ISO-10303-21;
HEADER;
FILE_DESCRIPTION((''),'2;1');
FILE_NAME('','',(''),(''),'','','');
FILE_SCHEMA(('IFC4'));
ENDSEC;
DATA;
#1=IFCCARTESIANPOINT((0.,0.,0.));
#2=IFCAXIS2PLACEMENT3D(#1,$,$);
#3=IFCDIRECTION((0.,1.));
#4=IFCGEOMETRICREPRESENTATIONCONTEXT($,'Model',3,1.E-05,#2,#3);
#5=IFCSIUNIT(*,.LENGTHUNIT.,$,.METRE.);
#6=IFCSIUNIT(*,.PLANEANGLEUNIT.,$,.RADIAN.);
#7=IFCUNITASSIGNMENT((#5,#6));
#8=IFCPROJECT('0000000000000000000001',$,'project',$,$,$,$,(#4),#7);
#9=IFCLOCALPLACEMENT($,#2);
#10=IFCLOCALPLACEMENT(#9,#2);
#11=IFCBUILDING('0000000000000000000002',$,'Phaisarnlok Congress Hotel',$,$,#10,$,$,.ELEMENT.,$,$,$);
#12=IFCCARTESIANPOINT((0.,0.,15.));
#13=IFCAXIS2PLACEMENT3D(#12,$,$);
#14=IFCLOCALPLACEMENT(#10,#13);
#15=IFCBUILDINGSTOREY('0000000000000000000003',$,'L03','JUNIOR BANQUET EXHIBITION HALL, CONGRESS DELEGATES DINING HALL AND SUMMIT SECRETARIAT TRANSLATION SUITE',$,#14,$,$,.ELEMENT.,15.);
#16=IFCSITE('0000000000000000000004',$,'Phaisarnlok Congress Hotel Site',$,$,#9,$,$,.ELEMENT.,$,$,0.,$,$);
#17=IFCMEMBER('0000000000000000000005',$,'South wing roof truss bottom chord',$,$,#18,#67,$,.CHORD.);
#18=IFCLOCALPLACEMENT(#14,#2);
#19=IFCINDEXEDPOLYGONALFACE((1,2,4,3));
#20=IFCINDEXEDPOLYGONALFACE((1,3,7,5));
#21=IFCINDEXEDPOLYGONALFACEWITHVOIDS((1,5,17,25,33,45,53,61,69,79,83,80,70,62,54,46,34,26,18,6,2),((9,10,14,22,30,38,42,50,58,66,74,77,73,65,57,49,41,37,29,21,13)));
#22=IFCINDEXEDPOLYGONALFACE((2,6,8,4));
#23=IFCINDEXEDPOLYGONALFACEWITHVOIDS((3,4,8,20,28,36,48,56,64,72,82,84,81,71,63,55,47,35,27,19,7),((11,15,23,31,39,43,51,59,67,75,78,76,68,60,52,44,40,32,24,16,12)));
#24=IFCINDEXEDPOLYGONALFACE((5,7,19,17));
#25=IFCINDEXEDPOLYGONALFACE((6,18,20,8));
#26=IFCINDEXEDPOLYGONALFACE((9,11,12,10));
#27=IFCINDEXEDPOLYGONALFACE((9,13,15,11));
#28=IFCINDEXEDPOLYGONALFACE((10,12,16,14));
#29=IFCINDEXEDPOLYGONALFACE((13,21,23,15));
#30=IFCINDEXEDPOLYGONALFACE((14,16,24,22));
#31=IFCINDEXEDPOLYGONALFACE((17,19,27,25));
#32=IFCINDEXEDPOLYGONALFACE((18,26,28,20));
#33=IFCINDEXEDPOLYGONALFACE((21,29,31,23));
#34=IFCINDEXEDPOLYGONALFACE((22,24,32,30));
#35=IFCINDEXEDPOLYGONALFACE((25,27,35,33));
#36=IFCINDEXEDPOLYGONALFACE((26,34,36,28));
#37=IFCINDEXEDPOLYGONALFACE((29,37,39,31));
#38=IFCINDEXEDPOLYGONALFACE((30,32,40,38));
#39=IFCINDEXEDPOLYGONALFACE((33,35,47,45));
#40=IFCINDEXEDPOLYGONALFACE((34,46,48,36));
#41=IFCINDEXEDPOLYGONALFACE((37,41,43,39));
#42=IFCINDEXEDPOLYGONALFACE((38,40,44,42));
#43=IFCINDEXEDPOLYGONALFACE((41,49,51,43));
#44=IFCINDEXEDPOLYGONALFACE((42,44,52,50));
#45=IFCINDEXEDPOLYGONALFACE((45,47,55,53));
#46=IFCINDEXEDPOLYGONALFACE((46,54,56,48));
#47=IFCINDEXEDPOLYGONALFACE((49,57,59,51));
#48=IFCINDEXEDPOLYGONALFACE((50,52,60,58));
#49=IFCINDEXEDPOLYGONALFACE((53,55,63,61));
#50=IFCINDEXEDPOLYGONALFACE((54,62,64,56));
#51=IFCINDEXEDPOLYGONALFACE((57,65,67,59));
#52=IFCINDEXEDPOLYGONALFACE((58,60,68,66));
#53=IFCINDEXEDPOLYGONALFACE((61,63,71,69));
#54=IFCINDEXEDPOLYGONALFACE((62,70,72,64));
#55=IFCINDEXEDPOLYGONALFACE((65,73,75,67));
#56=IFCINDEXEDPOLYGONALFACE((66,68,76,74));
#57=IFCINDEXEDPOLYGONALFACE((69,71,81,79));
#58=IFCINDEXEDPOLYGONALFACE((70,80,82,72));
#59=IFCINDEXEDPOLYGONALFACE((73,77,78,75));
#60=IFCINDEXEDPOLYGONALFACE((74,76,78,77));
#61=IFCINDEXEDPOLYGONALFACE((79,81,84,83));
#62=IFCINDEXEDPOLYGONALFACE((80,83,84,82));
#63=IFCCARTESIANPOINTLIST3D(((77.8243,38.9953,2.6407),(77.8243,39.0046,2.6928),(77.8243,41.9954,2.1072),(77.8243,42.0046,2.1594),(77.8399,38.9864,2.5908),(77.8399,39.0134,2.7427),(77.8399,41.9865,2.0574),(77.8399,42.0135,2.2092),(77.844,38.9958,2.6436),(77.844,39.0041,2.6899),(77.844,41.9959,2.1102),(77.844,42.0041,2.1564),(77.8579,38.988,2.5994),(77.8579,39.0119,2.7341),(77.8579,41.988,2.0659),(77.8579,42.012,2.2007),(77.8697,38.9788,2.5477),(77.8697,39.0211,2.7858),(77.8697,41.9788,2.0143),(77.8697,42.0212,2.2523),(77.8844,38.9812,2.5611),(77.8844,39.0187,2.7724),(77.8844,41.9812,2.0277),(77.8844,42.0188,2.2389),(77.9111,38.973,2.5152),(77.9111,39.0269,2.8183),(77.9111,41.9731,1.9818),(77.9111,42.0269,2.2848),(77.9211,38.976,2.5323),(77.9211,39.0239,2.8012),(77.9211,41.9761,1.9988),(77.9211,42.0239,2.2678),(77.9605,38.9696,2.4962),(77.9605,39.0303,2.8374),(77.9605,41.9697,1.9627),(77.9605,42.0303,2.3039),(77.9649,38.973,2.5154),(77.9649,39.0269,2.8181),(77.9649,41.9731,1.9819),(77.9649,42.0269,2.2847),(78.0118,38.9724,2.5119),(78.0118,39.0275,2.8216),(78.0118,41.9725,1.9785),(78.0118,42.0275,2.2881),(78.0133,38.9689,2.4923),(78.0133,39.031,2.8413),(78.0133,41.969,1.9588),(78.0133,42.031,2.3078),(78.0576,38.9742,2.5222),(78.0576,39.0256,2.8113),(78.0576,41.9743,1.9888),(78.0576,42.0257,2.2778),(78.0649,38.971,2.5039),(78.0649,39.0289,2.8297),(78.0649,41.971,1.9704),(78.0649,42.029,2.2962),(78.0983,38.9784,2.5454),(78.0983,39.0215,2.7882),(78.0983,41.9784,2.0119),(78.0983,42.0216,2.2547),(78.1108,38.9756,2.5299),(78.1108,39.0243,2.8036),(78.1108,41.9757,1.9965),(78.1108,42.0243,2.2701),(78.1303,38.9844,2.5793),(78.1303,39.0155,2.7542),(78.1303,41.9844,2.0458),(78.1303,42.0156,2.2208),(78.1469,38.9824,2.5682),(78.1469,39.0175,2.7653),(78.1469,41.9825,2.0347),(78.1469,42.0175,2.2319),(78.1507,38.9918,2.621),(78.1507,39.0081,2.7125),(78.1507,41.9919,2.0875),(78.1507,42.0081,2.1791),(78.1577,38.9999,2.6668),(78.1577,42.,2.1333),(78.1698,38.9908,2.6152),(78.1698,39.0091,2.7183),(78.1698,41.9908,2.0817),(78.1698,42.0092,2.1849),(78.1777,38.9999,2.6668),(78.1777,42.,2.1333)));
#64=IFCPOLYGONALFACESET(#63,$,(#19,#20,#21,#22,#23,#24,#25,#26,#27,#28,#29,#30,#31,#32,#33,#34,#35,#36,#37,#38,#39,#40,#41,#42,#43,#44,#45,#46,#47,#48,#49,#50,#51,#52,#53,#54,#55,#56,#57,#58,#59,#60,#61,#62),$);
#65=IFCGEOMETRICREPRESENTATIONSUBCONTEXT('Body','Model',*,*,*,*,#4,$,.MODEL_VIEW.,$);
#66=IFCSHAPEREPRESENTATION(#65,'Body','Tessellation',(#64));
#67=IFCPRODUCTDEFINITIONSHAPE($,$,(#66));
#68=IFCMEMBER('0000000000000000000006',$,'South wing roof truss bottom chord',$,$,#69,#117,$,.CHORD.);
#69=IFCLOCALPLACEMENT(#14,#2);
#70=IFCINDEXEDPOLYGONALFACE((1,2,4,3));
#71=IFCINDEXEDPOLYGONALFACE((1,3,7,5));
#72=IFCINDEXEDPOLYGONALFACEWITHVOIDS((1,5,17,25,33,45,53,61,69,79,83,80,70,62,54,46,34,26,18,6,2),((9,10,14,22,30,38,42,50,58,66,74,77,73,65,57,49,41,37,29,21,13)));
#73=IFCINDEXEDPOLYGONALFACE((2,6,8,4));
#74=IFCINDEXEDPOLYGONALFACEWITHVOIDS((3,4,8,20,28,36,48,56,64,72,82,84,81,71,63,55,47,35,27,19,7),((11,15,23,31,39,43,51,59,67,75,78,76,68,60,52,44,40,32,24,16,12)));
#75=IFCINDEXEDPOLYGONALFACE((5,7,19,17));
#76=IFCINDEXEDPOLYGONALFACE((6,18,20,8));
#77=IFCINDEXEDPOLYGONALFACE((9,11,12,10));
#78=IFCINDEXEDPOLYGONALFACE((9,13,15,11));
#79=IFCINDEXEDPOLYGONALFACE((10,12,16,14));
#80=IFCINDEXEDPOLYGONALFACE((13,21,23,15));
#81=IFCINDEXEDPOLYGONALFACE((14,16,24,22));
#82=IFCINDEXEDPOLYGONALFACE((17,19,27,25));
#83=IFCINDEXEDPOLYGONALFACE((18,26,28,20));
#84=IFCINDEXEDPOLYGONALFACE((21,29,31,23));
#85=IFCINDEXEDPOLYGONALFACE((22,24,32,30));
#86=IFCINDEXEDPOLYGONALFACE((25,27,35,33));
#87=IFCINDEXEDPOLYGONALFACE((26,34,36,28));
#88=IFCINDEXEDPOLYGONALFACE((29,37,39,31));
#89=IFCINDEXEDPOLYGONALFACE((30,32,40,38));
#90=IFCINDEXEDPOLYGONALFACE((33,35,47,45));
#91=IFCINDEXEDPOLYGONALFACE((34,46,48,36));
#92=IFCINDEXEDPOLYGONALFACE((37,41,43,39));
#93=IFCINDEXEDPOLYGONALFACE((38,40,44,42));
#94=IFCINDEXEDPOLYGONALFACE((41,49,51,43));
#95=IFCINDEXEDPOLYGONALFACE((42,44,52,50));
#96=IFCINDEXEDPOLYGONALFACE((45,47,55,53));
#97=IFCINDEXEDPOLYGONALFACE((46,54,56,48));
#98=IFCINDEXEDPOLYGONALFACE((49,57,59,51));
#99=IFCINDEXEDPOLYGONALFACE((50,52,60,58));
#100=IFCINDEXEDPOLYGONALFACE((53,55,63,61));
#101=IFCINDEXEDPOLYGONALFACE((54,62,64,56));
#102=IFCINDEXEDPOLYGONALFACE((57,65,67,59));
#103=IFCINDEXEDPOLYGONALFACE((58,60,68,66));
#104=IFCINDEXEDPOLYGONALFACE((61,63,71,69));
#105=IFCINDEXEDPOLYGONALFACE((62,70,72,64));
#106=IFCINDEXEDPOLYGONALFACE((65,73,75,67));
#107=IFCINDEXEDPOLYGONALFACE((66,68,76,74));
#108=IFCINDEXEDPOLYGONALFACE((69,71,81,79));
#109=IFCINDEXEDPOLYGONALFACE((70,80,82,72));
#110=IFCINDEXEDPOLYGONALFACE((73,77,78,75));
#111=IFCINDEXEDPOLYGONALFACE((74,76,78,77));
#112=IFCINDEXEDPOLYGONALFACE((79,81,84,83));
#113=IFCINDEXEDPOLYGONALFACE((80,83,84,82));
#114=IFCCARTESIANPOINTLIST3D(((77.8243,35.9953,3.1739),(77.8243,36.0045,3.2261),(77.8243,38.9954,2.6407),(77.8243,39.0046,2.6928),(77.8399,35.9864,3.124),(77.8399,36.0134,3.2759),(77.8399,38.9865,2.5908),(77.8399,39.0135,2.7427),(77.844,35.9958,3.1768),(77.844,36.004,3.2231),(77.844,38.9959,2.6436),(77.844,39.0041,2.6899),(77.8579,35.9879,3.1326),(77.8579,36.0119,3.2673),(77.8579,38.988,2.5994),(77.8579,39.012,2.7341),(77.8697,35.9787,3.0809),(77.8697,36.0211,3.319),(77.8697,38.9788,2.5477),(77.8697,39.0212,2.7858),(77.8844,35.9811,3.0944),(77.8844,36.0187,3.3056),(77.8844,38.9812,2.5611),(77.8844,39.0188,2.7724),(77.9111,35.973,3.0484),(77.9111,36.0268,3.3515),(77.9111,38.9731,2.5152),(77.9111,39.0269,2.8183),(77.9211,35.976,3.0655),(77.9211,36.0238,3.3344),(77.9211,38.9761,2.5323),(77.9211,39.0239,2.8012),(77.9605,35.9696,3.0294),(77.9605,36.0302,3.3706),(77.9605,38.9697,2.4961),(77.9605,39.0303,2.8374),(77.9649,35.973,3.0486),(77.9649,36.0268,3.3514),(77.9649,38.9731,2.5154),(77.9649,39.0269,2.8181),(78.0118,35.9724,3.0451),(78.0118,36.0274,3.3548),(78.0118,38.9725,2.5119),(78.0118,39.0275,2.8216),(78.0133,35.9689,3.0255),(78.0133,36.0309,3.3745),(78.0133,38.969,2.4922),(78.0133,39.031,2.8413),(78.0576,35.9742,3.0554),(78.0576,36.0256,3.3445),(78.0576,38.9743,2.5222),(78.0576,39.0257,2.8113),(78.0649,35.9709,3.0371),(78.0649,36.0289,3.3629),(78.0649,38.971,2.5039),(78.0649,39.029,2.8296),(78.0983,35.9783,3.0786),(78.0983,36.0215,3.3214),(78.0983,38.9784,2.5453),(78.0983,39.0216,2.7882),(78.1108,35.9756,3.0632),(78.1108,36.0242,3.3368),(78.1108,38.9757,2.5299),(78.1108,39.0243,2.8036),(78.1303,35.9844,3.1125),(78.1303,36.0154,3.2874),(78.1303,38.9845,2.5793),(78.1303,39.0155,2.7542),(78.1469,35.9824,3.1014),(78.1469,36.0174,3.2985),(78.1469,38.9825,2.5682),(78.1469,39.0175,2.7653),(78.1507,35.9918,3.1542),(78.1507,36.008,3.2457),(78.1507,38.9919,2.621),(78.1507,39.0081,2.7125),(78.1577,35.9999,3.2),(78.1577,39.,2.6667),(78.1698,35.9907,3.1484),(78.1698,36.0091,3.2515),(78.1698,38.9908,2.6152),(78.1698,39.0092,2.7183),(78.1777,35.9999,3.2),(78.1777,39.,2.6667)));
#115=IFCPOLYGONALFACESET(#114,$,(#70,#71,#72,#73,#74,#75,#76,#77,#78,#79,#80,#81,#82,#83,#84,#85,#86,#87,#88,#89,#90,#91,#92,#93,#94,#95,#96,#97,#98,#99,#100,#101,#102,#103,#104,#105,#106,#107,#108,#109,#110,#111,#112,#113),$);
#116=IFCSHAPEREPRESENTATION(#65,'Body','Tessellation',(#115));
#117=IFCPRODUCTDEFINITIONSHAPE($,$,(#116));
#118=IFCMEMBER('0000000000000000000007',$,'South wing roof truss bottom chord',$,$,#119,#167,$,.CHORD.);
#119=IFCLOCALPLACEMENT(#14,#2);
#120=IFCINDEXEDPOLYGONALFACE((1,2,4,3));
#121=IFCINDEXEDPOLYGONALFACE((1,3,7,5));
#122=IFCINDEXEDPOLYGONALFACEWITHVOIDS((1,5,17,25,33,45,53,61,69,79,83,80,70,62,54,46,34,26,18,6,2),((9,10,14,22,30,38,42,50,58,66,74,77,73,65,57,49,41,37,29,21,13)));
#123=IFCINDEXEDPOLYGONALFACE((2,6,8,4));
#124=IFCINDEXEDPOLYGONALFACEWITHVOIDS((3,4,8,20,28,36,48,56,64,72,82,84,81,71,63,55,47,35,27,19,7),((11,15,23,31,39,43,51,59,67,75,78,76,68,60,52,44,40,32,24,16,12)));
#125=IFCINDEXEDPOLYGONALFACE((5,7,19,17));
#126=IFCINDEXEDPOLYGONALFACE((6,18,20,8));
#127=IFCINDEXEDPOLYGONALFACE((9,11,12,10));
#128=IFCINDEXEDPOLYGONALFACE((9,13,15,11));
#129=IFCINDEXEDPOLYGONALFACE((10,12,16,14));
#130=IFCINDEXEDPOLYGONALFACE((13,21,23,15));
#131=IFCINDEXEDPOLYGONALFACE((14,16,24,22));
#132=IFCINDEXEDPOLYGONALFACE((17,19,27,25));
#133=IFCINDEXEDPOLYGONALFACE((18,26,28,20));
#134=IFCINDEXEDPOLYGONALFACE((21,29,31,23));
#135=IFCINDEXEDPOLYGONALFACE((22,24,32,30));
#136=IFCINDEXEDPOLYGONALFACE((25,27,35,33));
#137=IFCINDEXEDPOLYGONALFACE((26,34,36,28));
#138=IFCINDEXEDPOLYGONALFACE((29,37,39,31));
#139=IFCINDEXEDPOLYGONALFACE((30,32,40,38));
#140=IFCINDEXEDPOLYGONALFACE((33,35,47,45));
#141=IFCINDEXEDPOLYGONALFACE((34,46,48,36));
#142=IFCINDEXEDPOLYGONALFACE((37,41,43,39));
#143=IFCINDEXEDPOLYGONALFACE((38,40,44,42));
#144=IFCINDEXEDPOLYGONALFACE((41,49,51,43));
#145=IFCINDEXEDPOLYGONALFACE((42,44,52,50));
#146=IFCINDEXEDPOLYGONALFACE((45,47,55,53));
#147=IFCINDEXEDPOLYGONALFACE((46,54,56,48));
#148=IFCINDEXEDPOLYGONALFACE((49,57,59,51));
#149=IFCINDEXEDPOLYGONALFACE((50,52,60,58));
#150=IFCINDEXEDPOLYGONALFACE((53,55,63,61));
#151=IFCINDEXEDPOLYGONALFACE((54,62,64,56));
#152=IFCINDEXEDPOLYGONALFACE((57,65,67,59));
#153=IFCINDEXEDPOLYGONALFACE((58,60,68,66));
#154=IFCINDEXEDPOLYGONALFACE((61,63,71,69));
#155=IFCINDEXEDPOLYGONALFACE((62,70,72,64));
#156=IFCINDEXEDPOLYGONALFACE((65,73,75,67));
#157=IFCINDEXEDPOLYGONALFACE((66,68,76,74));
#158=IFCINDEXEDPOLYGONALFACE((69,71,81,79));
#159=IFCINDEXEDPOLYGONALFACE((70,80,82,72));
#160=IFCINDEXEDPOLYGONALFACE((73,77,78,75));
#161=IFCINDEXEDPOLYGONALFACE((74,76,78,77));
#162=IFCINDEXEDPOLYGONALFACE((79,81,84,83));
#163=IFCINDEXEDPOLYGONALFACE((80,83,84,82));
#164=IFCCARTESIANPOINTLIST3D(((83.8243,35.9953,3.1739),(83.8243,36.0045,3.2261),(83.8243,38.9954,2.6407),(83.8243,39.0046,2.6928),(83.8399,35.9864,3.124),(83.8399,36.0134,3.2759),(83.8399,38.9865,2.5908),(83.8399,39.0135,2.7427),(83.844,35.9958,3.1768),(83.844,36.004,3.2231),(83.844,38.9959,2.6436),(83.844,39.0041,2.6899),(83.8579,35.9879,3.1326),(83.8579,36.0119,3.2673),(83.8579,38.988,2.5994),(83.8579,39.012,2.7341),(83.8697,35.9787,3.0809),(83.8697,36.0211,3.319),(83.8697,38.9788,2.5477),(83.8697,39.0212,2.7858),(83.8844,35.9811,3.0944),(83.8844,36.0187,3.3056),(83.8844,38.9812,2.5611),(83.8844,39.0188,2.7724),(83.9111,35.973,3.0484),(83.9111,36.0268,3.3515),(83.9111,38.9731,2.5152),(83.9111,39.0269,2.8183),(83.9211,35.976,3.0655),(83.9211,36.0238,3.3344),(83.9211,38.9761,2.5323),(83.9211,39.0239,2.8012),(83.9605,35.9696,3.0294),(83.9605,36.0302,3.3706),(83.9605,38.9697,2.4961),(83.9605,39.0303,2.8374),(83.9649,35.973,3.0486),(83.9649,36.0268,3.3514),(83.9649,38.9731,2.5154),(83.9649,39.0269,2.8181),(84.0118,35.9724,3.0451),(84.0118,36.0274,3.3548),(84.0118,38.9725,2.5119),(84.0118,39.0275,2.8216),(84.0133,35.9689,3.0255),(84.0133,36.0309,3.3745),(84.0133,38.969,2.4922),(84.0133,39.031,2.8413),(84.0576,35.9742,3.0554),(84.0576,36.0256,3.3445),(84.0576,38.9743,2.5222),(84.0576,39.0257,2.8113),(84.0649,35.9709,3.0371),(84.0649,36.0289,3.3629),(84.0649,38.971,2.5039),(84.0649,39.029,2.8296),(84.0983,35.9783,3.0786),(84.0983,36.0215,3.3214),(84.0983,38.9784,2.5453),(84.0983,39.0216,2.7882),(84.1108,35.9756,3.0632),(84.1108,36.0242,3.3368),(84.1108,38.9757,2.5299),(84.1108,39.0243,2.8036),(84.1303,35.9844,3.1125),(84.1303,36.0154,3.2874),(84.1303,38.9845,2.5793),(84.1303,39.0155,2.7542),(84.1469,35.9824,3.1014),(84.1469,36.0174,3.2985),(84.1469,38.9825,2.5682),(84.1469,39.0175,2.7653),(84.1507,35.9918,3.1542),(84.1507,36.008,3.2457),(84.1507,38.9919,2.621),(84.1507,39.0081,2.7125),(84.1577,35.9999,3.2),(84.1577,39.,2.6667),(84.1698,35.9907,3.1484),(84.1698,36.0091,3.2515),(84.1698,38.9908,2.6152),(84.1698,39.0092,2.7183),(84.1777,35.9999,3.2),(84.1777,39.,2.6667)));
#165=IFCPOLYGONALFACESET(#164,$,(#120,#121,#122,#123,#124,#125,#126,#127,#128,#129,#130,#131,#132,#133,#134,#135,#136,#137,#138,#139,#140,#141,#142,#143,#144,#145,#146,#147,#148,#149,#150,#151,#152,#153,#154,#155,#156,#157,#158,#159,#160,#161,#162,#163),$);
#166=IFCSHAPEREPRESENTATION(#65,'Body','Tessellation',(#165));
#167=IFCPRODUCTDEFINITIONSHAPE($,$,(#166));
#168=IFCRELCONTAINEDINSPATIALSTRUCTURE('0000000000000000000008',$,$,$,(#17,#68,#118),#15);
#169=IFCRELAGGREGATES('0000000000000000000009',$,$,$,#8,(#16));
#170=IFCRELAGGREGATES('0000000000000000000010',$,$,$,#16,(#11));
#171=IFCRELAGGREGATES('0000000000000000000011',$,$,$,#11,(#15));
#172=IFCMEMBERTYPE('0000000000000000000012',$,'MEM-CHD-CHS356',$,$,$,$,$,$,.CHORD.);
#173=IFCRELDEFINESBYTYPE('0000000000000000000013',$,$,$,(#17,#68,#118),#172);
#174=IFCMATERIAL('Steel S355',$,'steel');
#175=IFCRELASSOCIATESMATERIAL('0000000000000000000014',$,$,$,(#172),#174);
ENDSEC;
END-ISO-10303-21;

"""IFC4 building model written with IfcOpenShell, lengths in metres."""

from ifc_helpers import new_model, si_unit, direction, frame, origin, origin_2d, place, context, subcontext, project, spatial, hollow_circle, extrude, material, material_profile, profile_set, type_object, element, save


model = new_model("IFC4")

# Units and contexts
model_context = context("Model", 3, precision=1e-05, world=origin(), true_north=direction((0.0, 1.0)))
body_context = subcontext(model_context, "Body", "Model", "MODEL_VIEW")
ifc_project = project(units=[si_unit("LENGTHUNIT", "METRE"), si_unit("PLANEANGLEUNIT", "RADIAN")], contexts=[model_context])

# Site, building, storey
site_placement = place(None, origin())
site = spatial("IfcSite", under=ifc_project, at=site_placement, Name="Phaisarnlok Congress Hotel Site", CompositionType="ELEMENT", RefElevation=0.0)
building_placement = place(site_placement, origin())
building = spatial("IfcBuilding", under=site, at=building_placement, Name="Phaisarnlok Congress Hotel", CompositionType="ELEMENT")
storey_placement = place(building_placement, frame((0.0, 0.0, 15.0)))
storey = spatial("IfcBuildingStorey", under=building, at=storey_placement, Name="L03", Description="JUNIOR BANQUET EXHIBITION HALL, CONGRESS DELEGATES DINING HALL AND SUMMIT SECRETARIAT TRANSLATION SUITE", CompositionType="ELEMENT", Elevation=15.0)

# Shared definitions
ifc_material_1 = material(Name="Steel S355", Category="steel")

# Members
ifc_material_profile_1 = material_profile(ifc_material_1, hollow_circle(Radius=0.1777, WallThickness=0.02, at=origin_2d()), Name="CHS 355.6x20")
ifc_profile_set_1 = profile_set([ifc_material_profile_1], Name="Steel S355")
member_type_1 = type_object("IfcMemberType", Name="MEM-CHD-CHS356", PredefinedType="CHORD", material=ifc_profile_set_1)
for number, where, z_axis, x_axis, name in (
    (1, (78.0, 42.0, 2.1333), (0.0, -0.984556, 0.17507), (1.0, 0.0, 0.0), "South wing roof truss bottom chord"),
    (2, (78.0, 39.0, 2.6667), (0.0, -0.98457, 0.174992), (1.0, 0.0, 0.0), "South wing roof truss bottom chord"),
    (3, (84.0, 39.0, 2.6667), (0.0, -0.98457, 0.174992), (1.0, 0.0, 0.0), "South wing roof truss bottom chord"),
):
    element("IfcMember", number, at=place(storey_placement, frame(where, z_axis=z_axis, x_axis=x_axis)), inside=storey, type_object=member_type_1, Name=name, PredefinedType="CHORD", context=body_context, shape_type="SweptSolid", body=[
        extrude(hollow_circle(Radius=0.1777, WallThickness=0.02, at=origin_2d()), origin(), (0.0, 0.0, 1.0), 3.0471),
    ])

save(model, "model.ifc")
